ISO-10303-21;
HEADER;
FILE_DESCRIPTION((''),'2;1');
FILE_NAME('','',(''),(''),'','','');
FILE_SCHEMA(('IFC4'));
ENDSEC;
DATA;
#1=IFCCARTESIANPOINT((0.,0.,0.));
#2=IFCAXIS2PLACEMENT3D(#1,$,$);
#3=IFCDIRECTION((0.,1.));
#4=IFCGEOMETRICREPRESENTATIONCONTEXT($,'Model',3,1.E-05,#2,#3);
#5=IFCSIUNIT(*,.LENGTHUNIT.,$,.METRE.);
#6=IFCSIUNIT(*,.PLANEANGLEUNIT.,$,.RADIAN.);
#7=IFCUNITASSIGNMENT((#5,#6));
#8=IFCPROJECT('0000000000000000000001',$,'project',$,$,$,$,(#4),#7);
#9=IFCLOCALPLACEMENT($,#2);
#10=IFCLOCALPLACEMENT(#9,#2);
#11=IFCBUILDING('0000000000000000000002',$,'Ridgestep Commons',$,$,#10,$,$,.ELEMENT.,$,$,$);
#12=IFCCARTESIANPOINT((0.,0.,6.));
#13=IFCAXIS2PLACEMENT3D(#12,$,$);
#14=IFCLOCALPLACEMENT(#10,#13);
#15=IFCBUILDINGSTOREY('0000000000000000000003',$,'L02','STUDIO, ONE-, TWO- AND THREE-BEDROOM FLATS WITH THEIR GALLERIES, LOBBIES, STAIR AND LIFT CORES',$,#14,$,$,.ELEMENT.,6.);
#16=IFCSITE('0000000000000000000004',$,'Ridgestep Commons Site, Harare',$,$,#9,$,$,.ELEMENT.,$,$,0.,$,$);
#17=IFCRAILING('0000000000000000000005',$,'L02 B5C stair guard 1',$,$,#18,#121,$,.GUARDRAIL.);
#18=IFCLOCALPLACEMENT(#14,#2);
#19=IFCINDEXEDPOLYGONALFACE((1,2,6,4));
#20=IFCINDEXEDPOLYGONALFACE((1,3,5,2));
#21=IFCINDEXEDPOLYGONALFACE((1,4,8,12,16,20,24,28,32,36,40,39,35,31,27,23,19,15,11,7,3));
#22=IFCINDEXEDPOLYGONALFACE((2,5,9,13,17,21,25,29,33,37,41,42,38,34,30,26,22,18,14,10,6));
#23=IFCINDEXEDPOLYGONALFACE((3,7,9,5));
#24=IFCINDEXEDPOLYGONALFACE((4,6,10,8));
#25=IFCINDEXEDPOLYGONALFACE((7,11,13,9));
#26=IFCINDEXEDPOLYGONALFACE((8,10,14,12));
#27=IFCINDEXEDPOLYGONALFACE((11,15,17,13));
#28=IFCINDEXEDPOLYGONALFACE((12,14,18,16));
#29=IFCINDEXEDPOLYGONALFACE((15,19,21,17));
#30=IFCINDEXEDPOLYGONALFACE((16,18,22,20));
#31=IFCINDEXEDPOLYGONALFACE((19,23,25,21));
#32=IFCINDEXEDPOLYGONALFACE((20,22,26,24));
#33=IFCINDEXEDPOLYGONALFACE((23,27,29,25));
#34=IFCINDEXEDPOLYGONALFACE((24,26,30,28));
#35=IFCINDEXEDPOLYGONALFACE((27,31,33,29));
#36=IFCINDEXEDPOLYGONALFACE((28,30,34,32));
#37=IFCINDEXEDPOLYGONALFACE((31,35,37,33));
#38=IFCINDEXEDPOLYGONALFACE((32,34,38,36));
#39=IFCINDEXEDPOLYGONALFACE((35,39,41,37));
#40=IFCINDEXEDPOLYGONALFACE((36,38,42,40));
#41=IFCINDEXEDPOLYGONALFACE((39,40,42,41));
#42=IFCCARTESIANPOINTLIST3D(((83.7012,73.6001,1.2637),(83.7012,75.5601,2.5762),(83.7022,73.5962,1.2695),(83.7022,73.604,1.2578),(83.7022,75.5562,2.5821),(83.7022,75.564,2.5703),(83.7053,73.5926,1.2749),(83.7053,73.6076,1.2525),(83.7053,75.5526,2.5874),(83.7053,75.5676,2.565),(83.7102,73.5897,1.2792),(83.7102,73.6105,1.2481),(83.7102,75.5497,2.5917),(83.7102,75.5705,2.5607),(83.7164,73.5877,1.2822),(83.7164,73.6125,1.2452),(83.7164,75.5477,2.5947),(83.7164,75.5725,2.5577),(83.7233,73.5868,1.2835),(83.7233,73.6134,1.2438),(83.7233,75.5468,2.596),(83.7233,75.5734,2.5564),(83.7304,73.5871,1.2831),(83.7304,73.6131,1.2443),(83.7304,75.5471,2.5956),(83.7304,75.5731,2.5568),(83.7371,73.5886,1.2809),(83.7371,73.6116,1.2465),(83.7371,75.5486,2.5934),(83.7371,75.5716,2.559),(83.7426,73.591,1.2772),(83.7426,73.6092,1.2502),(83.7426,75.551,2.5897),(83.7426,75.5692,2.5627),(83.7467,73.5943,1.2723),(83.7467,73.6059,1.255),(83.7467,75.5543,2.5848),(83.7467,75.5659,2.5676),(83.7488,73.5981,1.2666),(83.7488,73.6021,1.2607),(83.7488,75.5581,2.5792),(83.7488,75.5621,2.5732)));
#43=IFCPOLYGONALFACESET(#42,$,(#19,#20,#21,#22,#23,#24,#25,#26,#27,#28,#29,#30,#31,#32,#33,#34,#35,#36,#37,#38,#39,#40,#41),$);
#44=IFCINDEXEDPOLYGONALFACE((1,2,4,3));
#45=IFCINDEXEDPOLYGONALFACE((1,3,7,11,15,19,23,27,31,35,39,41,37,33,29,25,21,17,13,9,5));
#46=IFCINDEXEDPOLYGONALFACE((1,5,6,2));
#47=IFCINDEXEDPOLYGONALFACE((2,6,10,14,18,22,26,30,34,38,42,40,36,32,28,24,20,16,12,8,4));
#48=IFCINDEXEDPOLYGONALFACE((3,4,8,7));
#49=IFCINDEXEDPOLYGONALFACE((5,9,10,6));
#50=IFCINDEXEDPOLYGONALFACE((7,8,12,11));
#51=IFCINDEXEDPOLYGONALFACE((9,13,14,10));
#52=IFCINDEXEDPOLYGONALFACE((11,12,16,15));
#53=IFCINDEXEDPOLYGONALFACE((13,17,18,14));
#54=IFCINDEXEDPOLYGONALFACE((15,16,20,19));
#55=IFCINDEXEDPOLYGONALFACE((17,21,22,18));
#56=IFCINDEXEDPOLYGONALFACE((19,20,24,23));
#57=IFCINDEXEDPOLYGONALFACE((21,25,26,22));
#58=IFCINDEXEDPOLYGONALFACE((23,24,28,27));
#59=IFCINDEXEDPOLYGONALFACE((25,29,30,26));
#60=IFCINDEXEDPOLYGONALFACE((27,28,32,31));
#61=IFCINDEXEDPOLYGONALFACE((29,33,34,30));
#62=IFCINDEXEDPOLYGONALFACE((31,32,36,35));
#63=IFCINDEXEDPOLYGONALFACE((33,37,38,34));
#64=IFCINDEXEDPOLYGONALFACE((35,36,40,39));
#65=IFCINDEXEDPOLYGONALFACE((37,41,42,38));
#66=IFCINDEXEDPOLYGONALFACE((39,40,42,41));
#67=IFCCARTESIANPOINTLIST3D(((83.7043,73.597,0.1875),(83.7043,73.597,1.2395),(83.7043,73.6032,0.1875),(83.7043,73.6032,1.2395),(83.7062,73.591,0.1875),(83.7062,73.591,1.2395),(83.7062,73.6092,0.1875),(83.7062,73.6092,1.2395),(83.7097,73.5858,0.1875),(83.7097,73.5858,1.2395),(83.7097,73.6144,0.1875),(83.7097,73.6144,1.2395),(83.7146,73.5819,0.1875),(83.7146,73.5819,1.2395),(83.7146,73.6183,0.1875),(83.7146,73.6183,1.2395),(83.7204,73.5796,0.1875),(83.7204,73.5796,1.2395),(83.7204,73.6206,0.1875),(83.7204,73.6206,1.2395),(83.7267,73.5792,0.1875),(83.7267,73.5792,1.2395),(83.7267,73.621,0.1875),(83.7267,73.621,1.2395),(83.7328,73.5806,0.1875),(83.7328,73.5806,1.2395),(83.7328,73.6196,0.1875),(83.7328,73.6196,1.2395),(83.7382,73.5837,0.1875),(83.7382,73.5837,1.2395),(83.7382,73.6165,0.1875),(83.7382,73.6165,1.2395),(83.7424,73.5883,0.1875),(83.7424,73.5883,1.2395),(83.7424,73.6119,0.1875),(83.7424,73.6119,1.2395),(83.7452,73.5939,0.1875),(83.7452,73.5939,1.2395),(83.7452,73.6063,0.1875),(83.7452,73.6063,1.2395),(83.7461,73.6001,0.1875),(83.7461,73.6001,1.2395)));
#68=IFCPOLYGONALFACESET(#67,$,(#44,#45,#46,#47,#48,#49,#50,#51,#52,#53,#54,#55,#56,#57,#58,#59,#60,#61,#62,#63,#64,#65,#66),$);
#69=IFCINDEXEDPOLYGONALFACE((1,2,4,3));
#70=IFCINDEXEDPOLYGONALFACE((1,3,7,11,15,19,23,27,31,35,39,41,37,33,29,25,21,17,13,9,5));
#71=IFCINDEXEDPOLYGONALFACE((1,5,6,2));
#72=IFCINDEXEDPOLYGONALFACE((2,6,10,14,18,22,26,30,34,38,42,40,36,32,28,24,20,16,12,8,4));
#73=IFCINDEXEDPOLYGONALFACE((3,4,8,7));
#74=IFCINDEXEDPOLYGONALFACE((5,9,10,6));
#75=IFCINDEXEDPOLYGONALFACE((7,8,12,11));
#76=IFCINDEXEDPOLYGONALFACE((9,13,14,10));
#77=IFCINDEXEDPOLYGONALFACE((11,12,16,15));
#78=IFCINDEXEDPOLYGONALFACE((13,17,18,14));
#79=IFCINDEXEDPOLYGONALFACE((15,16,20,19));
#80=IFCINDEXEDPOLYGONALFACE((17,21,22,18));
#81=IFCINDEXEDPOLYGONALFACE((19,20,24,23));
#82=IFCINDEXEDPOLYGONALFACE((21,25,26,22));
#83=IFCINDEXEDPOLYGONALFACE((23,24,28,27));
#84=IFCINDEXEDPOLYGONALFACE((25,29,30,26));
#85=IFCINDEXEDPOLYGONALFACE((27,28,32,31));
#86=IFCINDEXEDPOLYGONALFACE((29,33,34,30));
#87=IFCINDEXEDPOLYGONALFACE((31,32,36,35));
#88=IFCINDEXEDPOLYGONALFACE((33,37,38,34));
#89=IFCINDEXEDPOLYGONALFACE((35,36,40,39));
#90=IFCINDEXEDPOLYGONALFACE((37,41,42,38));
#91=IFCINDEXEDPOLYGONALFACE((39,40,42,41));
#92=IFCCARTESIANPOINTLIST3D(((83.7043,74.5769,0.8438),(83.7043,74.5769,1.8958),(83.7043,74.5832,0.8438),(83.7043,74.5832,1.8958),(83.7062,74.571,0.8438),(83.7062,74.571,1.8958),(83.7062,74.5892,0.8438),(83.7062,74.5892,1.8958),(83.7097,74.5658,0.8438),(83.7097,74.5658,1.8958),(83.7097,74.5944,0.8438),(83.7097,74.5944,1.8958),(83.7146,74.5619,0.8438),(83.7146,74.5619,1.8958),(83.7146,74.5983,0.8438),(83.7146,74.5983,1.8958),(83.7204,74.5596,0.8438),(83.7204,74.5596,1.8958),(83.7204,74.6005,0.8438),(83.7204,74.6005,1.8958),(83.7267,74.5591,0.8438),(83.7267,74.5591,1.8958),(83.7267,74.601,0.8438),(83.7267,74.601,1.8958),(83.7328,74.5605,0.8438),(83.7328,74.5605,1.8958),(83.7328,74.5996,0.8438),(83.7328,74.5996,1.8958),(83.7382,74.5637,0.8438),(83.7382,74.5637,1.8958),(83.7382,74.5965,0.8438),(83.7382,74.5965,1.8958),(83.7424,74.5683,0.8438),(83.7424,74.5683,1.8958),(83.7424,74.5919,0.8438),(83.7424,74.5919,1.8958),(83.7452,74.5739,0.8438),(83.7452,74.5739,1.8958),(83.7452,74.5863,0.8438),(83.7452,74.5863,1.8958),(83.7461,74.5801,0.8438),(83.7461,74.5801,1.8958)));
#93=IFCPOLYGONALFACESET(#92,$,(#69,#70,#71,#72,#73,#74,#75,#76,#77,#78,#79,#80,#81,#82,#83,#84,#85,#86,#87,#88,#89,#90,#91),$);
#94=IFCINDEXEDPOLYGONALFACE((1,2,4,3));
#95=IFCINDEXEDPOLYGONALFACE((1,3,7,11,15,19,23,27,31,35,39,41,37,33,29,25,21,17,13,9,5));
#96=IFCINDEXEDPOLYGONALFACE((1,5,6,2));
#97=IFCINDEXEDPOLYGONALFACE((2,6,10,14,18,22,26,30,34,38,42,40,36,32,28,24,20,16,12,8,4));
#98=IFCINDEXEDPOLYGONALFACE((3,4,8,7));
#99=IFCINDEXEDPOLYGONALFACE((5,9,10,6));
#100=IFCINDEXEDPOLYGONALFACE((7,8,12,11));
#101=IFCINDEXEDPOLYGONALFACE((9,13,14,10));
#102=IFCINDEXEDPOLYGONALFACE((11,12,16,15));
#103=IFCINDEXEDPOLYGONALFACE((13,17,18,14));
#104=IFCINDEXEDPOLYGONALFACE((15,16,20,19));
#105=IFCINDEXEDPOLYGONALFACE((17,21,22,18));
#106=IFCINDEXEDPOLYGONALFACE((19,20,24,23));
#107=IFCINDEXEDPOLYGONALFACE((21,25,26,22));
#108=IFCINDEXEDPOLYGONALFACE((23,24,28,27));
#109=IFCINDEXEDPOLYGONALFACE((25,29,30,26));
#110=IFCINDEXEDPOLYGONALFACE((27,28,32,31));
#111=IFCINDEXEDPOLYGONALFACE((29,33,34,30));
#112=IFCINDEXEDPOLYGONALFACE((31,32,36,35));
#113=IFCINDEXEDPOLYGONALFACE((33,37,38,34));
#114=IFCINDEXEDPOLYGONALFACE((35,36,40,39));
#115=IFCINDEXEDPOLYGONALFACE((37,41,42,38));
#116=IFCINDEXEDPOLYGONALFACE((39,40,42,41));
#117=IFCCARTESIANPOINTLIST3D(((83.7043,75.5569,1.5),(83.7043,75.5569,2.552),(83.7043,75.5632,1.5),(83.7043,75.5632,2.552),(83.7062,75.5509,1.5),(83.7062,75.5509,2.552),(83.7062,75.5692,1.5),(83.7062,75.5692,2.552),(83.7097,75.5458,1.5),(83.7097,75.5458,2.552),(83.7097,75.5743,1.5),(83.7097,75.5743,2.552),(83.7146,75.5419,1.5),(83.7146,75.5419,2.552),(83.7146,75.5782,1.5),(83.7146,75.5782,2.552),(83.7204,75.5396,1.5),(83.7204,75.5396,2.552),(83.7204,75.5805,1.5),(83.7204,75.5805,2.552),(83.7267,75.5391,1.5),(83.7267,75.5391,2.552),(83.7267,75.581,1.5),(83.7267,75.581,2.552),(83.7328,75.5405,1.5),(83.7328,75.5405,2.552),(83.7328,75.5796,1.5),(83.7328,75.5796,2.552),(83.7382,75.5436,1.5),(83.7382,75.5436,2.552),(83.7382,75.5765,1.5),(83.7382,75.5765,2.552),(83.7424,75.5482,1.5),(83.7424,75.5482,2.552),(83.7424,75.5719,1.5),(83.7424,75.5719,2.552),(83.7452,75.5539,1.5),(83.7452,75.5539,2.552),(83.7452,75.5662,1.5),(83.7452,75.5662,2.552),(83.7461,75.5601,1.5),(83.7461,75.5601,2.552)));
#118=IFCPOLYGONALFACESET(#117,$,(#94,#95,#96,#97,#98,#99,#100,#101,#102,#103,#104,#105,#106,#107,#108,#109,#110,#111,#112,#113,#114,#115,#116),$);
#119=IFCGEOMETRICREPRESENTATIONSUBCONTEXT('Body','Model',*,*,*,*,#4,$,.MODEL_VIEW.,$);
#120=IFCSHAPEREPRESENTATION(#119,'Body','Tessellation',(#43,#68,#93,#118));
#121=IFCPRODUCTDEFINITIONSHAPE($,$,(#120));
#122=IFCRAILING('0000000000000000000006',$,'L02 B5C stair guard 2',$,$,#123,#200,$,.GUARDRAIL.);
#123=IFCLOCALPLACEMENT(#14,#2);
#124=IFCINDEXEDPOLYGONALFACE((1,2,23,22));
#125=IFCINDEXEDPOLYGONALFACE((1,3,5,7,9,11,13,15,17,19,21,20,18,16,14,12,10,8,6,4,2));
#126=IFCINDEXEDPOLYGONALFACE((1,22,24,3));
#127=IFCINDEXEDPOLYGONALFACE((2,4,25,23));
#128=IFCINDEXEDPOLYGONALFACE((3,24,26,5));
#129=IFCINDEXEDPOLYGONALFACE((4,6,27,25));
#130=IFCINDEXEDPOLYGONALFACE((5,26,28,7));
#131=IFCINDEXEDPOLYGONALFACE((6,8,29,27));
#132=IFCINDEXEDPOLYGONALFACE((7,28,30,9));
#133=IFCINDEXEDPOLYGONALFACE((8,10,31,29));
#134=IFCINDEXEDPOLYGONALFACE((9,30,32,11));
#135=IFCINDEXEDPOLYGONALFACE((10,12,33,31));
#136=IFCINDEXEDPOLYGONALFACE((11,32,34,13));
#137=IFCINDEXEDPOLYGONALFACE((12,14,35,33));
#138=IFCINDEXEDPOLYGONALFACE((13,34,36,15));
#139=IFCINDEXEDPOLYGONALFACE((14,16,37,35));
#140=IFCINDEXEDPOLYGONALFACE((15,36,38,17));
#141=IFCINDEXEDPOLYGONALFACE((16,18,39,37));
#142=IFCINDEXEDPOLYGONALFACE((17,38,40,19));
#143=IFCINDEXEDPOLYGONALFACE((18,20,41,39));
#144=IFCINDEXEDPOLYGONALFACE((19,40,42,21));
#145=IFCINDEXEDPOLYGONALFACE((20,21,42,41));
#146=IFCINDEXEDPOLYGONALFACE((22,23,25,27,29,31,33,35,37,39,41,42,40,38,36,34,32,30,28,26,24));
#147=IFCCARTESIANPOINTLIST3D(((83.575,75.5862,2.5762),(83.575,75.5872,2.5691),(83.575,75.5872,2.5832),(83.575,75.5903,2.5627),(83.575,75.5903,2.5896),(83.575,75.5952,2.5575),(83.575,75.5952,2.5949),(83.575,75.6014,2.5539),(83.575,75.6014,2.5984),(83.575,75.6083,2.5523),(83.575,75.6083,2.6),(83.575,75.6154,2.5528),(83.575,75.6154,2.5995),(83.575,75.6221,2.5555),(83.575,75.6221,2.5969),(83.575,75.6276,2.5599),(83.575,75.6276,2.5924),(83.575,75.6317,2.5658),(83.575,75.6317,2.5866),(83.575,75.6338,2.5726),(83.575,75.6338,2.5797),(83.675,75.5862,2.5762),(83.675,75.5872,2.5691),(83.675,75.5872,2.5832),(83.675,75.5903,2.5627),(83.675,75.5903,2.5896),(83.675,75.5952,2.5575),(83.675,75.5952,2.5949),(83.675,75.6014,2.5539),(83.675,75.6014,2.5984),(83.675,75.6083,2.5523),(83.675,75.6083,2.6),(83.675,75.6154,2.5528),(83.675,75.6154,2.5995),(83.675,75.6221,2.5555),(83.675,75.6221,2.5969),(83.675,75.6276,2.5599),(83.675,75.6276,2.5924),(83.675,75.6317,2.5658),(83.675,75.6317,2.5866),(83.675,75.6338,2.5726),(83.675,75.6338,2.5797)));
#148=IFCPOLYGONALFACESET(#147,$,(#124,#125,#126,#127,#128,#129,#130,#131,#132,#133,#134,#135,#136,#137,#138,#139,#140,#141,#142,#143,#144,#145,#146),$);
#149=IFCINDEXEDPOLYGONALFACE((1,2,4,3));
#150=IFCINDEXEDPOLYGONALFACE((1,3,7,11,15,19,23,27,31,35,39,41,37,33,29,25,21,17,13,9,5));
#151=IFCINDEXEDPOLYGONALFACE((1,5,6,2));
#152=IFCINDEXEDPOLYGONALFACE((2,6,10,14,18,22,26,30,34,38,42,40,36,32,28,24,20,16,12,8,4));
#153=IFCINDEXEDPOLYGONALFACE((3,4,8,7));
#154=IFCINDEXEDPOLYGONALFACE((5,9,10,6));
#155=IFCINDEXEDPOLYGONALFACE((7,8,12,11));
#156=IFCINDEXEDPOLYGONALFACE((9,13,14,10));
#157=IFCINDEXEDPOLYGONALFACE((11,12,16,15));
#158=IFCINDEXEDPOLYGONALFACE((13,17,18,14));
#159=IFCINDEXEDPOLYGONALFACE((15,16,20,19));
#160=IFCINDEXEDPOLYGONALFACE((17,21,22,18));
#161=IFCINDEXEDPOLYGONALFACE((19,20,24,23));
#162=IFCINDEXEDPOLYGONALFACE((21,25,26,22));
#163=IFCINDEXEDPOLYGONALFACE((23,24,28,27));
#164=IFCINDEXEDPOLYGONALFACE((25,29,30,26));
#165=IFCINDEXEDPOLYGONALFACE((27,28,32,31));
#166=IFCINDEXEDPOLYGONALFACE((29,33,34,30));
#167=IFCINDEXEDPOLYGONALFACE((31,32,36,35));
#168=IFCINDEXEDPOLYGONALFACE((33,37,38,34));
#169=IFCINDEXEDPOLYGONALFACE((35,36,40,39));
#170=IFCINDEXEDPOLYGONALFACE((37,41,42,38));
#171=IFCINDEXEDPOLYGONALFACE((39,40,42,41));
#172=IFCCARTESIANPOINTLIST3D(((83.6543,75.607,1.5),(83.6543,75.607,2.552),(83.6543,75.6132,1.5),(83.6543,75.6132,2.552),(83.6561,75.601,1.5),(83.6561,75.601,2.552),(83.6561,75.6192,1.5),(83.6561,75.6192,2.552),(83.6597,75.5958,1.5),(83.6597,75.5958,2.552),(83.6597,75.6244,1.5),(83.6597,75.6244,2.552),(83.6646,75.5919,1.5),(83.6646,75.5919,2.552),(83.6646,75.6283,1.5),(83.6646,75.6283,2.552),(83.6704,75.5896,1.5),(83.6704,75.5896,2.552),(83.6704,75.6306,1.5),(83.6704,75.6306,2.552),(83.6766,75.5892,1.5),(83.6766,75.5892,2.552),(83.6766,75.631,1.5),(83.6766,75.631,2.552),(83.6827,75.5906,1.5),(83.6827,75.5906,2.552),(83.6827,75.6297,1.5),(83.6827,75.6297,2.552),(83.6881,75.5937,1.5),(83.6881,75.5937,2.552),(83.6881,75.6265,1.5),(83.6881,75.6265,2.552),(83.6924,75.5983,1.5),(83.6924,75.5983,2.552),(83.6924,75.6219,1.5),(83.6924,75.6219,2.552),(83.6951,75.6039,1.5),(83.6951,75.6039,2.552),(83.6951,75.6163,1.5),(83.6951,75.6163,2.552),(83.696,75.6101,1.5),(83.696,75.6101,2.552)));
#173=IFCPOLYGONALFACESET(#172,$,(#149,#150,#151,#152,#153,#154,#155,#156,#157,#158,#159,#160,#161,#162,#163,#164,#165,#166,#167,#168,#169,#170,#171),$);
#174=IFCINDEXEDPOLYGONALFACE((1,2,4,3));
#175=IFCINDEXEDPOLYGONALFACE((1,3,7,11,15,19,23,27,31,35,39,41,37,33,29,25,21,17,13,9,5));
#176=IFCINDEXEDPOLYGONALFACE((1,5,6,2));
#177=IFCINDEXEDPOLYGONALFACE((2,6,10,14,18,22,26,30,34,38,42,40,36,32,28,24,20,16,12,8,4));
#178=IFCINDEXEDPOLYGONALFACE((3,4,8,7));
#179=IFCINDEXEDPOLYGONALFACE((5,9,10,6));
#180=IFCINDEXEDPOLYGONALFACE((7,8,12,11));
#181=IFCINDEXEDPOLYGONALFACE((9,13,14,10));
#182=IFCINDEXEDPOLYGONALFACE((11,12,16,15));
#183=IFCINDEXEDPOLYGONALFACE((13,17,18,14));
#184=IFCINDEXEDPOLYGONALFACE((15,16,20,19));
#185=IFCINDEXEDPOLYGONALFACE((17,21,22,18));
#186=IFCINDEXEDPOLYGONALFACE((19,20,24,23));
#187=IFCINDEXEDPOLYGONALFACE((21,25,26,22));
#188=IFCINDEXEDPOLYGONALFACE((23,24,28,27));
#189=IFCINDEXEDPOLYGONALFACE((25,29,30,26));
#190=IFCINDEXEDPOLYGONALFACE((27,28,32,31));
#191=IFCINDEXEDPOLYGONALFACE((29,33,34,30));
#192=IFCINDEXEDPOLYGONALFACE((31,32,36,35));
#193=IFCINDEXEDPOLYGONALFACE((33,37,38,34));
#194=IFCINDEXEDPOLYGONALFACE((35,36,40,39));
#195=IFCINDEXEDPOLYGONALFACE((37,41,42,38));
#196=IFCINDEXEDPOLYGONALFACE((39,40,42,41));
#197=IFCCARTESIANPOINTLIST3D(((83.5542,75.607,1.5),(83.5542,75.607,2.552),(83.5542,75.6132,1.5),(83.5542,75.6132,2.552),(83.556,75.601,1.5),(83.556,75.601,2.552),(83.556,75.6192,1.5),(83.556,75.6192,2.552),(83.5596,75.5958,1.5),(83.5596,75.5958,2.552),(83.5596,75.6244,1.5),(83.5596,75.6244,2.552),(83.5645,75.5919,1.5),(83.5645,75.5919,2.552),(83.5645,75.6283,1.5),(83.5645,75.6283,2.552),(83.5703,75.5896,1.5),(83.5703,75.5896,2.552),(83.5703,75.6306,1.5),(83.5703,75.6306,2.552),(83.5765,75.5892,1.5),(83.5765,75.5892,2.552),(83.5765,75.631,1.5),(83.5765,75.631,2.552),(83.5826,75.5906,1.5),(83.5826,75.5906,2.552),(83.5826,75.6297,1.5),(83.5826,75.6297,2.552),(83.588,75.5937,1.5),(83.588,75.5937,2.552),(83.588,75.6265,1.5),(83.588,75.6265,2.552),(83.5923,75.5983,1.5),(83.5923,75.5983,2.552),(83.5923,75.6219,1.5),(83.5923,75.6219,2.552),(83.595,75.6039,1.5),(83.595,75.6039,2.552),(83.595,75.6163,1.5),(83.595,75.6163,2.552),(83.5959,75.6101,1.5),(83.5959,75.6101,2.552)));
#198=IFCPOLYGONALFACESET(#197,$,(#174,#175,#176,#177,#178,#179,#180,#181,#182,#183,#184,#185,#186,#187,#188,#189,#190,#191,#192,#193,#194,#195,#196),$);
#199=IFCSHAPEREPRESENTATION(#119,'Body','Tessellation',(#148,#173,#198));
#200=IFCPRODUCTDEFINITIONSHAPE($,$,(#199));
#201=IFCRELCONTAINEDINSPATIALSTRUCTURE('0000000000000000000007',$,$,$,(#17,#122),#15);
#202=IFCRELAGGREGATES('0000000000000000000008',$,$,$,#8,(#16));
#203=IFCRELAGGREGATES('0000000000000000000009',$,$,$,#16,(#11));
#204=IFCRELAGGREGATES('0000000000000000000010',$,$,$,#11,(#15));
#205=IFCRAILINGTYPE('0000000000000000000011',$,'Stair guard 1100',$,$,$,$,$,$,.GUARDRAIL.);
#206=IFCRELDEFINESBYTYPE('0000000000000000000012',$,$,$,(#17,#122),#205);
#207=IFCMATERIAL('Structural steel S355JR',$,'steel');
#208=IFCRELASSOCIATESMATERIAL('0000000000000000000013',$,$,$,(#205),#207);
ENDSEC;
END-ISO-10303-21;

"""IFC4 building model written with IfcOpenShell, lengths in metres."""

from ifc_helpers import new_model, si_unit, direction, frame, origin, origin_2d, place, context, subcontext, project, spatial, circle, extrude, material, type_object, element, save


model = new_model("IFC4")

# Units and contexts
model_context = context("Model", 3, precision=1e-05, world=origin(), true_north=direction((0.0, 1.0)))
body_context = subcontext(model_context, "Body", "Model", "MODEL_VIEW")
ifc_project = project(units=[si_unit("LENGTHUNIT", "METRE"), si_unit("PLANEANGLEUNIT", "RADIAN")], contexts=[model_context])

# Site, building, storey
site_placement = place(None, origin())
site = spatial("IfcSite", under=ifc_project, at=site_placement, Name="Ridgestep Commons Site, Harare", CompositionType="ELEMENT", RefElevation=0.0)
building_placement = place(site_placement, origin())
building = spatial("IfcBuilding", under=site, at=building_placement, Name="Ridgestep Commons", CompositionType="ELEMENT")
storey_placement = place(building_placement, frame((0.0, 0.0, 6.0)))
storey = spatial("IfcBuildingStorey", under=building, at=storey_placement, Name="L02", Description="STUDIO, ONE-, TWO- AND THREE-BEDROOM FLATS WITH THEIR GALLERIES, LOBBIES, STAIR AND LIFT CORES", CompositionType="ELEMENT", Elevation=6.0)

# Railings
ifc_material_1 = material(Name="Structural steel S355JR", Category="steel")
railing_type_1 = type_object("IfcRailingType", Name="Stair guard 1100", PredefinedType="GUARDRAIL", material=ifc_material_1)
railing_1_placement = place(storey_placement, frame((83.7251, 73.6001, 0.1875)))
element("IfcRailing", 1, at=railing_1_placement, inside=storey, type_object=railing_type_1, Name="L02 B5C stair guard 1", PredefinedType="GUARDRAIL", context=body_context, shape_type="SweptSolid", body=[
    extrude(circle(Radius=0.0239, at=origin_2d()), frame((0.0, 0.0, 1.0762), z_axis=(0.0, 0.830902, 0.556419), x_axis=(-1.0, 0.0, 0.0)), (0.0, 0.0, 1.0), 2.3589),
    extrude(circle(Radius=0.021, at=origin_2d()), origin(), (0.0, 0.0, 1.0), 1.052),
    extrude(circle(Radius=0.021, at=origin_2d()), frame((0.0, 0.98, 0.6562)), (0.0, 0.0, 1.0), 1.052),
    extrude(circle(Radius=0.021, at=origin_2d()), frame((0.0, 1.96, 1.3125)), (0.0, 0.0, 1.0), 1.052),
])
railing_2_placement = place(storey_placement, frame((83.675, 75.6101, 1.5)))
element("IfcRailing", 2, at=railing_2_placement, inside=storey, type_object=railing_type_1, Name="L02 B5C stair guard 2", PredefinedType="GUARDRAIL", context=body_context, shape_type="SweptSolid", body=[
    extrude(circle(Radius=0.0239, at=origin_2d()), frame((0.0, 0.0, 1.0762), z_axis=(-1.0, 0.0, 0.0), x_axis=(0.0, -1.0, 0.0)), (0.0, 0.0, 1.0), 0.1001),
    extrude(circle(Radius=0.021, at=origin_2d()), origin(), (0.0, 0.0, 1.0), 1.052),
    extrude(circle(Radius=0.021, at=origin_2d()), frame((-0.1001, 0.0, 0.0)), (0.0, 0.0, 1.0), 1.052),
])

save(model, "model.ifc")
